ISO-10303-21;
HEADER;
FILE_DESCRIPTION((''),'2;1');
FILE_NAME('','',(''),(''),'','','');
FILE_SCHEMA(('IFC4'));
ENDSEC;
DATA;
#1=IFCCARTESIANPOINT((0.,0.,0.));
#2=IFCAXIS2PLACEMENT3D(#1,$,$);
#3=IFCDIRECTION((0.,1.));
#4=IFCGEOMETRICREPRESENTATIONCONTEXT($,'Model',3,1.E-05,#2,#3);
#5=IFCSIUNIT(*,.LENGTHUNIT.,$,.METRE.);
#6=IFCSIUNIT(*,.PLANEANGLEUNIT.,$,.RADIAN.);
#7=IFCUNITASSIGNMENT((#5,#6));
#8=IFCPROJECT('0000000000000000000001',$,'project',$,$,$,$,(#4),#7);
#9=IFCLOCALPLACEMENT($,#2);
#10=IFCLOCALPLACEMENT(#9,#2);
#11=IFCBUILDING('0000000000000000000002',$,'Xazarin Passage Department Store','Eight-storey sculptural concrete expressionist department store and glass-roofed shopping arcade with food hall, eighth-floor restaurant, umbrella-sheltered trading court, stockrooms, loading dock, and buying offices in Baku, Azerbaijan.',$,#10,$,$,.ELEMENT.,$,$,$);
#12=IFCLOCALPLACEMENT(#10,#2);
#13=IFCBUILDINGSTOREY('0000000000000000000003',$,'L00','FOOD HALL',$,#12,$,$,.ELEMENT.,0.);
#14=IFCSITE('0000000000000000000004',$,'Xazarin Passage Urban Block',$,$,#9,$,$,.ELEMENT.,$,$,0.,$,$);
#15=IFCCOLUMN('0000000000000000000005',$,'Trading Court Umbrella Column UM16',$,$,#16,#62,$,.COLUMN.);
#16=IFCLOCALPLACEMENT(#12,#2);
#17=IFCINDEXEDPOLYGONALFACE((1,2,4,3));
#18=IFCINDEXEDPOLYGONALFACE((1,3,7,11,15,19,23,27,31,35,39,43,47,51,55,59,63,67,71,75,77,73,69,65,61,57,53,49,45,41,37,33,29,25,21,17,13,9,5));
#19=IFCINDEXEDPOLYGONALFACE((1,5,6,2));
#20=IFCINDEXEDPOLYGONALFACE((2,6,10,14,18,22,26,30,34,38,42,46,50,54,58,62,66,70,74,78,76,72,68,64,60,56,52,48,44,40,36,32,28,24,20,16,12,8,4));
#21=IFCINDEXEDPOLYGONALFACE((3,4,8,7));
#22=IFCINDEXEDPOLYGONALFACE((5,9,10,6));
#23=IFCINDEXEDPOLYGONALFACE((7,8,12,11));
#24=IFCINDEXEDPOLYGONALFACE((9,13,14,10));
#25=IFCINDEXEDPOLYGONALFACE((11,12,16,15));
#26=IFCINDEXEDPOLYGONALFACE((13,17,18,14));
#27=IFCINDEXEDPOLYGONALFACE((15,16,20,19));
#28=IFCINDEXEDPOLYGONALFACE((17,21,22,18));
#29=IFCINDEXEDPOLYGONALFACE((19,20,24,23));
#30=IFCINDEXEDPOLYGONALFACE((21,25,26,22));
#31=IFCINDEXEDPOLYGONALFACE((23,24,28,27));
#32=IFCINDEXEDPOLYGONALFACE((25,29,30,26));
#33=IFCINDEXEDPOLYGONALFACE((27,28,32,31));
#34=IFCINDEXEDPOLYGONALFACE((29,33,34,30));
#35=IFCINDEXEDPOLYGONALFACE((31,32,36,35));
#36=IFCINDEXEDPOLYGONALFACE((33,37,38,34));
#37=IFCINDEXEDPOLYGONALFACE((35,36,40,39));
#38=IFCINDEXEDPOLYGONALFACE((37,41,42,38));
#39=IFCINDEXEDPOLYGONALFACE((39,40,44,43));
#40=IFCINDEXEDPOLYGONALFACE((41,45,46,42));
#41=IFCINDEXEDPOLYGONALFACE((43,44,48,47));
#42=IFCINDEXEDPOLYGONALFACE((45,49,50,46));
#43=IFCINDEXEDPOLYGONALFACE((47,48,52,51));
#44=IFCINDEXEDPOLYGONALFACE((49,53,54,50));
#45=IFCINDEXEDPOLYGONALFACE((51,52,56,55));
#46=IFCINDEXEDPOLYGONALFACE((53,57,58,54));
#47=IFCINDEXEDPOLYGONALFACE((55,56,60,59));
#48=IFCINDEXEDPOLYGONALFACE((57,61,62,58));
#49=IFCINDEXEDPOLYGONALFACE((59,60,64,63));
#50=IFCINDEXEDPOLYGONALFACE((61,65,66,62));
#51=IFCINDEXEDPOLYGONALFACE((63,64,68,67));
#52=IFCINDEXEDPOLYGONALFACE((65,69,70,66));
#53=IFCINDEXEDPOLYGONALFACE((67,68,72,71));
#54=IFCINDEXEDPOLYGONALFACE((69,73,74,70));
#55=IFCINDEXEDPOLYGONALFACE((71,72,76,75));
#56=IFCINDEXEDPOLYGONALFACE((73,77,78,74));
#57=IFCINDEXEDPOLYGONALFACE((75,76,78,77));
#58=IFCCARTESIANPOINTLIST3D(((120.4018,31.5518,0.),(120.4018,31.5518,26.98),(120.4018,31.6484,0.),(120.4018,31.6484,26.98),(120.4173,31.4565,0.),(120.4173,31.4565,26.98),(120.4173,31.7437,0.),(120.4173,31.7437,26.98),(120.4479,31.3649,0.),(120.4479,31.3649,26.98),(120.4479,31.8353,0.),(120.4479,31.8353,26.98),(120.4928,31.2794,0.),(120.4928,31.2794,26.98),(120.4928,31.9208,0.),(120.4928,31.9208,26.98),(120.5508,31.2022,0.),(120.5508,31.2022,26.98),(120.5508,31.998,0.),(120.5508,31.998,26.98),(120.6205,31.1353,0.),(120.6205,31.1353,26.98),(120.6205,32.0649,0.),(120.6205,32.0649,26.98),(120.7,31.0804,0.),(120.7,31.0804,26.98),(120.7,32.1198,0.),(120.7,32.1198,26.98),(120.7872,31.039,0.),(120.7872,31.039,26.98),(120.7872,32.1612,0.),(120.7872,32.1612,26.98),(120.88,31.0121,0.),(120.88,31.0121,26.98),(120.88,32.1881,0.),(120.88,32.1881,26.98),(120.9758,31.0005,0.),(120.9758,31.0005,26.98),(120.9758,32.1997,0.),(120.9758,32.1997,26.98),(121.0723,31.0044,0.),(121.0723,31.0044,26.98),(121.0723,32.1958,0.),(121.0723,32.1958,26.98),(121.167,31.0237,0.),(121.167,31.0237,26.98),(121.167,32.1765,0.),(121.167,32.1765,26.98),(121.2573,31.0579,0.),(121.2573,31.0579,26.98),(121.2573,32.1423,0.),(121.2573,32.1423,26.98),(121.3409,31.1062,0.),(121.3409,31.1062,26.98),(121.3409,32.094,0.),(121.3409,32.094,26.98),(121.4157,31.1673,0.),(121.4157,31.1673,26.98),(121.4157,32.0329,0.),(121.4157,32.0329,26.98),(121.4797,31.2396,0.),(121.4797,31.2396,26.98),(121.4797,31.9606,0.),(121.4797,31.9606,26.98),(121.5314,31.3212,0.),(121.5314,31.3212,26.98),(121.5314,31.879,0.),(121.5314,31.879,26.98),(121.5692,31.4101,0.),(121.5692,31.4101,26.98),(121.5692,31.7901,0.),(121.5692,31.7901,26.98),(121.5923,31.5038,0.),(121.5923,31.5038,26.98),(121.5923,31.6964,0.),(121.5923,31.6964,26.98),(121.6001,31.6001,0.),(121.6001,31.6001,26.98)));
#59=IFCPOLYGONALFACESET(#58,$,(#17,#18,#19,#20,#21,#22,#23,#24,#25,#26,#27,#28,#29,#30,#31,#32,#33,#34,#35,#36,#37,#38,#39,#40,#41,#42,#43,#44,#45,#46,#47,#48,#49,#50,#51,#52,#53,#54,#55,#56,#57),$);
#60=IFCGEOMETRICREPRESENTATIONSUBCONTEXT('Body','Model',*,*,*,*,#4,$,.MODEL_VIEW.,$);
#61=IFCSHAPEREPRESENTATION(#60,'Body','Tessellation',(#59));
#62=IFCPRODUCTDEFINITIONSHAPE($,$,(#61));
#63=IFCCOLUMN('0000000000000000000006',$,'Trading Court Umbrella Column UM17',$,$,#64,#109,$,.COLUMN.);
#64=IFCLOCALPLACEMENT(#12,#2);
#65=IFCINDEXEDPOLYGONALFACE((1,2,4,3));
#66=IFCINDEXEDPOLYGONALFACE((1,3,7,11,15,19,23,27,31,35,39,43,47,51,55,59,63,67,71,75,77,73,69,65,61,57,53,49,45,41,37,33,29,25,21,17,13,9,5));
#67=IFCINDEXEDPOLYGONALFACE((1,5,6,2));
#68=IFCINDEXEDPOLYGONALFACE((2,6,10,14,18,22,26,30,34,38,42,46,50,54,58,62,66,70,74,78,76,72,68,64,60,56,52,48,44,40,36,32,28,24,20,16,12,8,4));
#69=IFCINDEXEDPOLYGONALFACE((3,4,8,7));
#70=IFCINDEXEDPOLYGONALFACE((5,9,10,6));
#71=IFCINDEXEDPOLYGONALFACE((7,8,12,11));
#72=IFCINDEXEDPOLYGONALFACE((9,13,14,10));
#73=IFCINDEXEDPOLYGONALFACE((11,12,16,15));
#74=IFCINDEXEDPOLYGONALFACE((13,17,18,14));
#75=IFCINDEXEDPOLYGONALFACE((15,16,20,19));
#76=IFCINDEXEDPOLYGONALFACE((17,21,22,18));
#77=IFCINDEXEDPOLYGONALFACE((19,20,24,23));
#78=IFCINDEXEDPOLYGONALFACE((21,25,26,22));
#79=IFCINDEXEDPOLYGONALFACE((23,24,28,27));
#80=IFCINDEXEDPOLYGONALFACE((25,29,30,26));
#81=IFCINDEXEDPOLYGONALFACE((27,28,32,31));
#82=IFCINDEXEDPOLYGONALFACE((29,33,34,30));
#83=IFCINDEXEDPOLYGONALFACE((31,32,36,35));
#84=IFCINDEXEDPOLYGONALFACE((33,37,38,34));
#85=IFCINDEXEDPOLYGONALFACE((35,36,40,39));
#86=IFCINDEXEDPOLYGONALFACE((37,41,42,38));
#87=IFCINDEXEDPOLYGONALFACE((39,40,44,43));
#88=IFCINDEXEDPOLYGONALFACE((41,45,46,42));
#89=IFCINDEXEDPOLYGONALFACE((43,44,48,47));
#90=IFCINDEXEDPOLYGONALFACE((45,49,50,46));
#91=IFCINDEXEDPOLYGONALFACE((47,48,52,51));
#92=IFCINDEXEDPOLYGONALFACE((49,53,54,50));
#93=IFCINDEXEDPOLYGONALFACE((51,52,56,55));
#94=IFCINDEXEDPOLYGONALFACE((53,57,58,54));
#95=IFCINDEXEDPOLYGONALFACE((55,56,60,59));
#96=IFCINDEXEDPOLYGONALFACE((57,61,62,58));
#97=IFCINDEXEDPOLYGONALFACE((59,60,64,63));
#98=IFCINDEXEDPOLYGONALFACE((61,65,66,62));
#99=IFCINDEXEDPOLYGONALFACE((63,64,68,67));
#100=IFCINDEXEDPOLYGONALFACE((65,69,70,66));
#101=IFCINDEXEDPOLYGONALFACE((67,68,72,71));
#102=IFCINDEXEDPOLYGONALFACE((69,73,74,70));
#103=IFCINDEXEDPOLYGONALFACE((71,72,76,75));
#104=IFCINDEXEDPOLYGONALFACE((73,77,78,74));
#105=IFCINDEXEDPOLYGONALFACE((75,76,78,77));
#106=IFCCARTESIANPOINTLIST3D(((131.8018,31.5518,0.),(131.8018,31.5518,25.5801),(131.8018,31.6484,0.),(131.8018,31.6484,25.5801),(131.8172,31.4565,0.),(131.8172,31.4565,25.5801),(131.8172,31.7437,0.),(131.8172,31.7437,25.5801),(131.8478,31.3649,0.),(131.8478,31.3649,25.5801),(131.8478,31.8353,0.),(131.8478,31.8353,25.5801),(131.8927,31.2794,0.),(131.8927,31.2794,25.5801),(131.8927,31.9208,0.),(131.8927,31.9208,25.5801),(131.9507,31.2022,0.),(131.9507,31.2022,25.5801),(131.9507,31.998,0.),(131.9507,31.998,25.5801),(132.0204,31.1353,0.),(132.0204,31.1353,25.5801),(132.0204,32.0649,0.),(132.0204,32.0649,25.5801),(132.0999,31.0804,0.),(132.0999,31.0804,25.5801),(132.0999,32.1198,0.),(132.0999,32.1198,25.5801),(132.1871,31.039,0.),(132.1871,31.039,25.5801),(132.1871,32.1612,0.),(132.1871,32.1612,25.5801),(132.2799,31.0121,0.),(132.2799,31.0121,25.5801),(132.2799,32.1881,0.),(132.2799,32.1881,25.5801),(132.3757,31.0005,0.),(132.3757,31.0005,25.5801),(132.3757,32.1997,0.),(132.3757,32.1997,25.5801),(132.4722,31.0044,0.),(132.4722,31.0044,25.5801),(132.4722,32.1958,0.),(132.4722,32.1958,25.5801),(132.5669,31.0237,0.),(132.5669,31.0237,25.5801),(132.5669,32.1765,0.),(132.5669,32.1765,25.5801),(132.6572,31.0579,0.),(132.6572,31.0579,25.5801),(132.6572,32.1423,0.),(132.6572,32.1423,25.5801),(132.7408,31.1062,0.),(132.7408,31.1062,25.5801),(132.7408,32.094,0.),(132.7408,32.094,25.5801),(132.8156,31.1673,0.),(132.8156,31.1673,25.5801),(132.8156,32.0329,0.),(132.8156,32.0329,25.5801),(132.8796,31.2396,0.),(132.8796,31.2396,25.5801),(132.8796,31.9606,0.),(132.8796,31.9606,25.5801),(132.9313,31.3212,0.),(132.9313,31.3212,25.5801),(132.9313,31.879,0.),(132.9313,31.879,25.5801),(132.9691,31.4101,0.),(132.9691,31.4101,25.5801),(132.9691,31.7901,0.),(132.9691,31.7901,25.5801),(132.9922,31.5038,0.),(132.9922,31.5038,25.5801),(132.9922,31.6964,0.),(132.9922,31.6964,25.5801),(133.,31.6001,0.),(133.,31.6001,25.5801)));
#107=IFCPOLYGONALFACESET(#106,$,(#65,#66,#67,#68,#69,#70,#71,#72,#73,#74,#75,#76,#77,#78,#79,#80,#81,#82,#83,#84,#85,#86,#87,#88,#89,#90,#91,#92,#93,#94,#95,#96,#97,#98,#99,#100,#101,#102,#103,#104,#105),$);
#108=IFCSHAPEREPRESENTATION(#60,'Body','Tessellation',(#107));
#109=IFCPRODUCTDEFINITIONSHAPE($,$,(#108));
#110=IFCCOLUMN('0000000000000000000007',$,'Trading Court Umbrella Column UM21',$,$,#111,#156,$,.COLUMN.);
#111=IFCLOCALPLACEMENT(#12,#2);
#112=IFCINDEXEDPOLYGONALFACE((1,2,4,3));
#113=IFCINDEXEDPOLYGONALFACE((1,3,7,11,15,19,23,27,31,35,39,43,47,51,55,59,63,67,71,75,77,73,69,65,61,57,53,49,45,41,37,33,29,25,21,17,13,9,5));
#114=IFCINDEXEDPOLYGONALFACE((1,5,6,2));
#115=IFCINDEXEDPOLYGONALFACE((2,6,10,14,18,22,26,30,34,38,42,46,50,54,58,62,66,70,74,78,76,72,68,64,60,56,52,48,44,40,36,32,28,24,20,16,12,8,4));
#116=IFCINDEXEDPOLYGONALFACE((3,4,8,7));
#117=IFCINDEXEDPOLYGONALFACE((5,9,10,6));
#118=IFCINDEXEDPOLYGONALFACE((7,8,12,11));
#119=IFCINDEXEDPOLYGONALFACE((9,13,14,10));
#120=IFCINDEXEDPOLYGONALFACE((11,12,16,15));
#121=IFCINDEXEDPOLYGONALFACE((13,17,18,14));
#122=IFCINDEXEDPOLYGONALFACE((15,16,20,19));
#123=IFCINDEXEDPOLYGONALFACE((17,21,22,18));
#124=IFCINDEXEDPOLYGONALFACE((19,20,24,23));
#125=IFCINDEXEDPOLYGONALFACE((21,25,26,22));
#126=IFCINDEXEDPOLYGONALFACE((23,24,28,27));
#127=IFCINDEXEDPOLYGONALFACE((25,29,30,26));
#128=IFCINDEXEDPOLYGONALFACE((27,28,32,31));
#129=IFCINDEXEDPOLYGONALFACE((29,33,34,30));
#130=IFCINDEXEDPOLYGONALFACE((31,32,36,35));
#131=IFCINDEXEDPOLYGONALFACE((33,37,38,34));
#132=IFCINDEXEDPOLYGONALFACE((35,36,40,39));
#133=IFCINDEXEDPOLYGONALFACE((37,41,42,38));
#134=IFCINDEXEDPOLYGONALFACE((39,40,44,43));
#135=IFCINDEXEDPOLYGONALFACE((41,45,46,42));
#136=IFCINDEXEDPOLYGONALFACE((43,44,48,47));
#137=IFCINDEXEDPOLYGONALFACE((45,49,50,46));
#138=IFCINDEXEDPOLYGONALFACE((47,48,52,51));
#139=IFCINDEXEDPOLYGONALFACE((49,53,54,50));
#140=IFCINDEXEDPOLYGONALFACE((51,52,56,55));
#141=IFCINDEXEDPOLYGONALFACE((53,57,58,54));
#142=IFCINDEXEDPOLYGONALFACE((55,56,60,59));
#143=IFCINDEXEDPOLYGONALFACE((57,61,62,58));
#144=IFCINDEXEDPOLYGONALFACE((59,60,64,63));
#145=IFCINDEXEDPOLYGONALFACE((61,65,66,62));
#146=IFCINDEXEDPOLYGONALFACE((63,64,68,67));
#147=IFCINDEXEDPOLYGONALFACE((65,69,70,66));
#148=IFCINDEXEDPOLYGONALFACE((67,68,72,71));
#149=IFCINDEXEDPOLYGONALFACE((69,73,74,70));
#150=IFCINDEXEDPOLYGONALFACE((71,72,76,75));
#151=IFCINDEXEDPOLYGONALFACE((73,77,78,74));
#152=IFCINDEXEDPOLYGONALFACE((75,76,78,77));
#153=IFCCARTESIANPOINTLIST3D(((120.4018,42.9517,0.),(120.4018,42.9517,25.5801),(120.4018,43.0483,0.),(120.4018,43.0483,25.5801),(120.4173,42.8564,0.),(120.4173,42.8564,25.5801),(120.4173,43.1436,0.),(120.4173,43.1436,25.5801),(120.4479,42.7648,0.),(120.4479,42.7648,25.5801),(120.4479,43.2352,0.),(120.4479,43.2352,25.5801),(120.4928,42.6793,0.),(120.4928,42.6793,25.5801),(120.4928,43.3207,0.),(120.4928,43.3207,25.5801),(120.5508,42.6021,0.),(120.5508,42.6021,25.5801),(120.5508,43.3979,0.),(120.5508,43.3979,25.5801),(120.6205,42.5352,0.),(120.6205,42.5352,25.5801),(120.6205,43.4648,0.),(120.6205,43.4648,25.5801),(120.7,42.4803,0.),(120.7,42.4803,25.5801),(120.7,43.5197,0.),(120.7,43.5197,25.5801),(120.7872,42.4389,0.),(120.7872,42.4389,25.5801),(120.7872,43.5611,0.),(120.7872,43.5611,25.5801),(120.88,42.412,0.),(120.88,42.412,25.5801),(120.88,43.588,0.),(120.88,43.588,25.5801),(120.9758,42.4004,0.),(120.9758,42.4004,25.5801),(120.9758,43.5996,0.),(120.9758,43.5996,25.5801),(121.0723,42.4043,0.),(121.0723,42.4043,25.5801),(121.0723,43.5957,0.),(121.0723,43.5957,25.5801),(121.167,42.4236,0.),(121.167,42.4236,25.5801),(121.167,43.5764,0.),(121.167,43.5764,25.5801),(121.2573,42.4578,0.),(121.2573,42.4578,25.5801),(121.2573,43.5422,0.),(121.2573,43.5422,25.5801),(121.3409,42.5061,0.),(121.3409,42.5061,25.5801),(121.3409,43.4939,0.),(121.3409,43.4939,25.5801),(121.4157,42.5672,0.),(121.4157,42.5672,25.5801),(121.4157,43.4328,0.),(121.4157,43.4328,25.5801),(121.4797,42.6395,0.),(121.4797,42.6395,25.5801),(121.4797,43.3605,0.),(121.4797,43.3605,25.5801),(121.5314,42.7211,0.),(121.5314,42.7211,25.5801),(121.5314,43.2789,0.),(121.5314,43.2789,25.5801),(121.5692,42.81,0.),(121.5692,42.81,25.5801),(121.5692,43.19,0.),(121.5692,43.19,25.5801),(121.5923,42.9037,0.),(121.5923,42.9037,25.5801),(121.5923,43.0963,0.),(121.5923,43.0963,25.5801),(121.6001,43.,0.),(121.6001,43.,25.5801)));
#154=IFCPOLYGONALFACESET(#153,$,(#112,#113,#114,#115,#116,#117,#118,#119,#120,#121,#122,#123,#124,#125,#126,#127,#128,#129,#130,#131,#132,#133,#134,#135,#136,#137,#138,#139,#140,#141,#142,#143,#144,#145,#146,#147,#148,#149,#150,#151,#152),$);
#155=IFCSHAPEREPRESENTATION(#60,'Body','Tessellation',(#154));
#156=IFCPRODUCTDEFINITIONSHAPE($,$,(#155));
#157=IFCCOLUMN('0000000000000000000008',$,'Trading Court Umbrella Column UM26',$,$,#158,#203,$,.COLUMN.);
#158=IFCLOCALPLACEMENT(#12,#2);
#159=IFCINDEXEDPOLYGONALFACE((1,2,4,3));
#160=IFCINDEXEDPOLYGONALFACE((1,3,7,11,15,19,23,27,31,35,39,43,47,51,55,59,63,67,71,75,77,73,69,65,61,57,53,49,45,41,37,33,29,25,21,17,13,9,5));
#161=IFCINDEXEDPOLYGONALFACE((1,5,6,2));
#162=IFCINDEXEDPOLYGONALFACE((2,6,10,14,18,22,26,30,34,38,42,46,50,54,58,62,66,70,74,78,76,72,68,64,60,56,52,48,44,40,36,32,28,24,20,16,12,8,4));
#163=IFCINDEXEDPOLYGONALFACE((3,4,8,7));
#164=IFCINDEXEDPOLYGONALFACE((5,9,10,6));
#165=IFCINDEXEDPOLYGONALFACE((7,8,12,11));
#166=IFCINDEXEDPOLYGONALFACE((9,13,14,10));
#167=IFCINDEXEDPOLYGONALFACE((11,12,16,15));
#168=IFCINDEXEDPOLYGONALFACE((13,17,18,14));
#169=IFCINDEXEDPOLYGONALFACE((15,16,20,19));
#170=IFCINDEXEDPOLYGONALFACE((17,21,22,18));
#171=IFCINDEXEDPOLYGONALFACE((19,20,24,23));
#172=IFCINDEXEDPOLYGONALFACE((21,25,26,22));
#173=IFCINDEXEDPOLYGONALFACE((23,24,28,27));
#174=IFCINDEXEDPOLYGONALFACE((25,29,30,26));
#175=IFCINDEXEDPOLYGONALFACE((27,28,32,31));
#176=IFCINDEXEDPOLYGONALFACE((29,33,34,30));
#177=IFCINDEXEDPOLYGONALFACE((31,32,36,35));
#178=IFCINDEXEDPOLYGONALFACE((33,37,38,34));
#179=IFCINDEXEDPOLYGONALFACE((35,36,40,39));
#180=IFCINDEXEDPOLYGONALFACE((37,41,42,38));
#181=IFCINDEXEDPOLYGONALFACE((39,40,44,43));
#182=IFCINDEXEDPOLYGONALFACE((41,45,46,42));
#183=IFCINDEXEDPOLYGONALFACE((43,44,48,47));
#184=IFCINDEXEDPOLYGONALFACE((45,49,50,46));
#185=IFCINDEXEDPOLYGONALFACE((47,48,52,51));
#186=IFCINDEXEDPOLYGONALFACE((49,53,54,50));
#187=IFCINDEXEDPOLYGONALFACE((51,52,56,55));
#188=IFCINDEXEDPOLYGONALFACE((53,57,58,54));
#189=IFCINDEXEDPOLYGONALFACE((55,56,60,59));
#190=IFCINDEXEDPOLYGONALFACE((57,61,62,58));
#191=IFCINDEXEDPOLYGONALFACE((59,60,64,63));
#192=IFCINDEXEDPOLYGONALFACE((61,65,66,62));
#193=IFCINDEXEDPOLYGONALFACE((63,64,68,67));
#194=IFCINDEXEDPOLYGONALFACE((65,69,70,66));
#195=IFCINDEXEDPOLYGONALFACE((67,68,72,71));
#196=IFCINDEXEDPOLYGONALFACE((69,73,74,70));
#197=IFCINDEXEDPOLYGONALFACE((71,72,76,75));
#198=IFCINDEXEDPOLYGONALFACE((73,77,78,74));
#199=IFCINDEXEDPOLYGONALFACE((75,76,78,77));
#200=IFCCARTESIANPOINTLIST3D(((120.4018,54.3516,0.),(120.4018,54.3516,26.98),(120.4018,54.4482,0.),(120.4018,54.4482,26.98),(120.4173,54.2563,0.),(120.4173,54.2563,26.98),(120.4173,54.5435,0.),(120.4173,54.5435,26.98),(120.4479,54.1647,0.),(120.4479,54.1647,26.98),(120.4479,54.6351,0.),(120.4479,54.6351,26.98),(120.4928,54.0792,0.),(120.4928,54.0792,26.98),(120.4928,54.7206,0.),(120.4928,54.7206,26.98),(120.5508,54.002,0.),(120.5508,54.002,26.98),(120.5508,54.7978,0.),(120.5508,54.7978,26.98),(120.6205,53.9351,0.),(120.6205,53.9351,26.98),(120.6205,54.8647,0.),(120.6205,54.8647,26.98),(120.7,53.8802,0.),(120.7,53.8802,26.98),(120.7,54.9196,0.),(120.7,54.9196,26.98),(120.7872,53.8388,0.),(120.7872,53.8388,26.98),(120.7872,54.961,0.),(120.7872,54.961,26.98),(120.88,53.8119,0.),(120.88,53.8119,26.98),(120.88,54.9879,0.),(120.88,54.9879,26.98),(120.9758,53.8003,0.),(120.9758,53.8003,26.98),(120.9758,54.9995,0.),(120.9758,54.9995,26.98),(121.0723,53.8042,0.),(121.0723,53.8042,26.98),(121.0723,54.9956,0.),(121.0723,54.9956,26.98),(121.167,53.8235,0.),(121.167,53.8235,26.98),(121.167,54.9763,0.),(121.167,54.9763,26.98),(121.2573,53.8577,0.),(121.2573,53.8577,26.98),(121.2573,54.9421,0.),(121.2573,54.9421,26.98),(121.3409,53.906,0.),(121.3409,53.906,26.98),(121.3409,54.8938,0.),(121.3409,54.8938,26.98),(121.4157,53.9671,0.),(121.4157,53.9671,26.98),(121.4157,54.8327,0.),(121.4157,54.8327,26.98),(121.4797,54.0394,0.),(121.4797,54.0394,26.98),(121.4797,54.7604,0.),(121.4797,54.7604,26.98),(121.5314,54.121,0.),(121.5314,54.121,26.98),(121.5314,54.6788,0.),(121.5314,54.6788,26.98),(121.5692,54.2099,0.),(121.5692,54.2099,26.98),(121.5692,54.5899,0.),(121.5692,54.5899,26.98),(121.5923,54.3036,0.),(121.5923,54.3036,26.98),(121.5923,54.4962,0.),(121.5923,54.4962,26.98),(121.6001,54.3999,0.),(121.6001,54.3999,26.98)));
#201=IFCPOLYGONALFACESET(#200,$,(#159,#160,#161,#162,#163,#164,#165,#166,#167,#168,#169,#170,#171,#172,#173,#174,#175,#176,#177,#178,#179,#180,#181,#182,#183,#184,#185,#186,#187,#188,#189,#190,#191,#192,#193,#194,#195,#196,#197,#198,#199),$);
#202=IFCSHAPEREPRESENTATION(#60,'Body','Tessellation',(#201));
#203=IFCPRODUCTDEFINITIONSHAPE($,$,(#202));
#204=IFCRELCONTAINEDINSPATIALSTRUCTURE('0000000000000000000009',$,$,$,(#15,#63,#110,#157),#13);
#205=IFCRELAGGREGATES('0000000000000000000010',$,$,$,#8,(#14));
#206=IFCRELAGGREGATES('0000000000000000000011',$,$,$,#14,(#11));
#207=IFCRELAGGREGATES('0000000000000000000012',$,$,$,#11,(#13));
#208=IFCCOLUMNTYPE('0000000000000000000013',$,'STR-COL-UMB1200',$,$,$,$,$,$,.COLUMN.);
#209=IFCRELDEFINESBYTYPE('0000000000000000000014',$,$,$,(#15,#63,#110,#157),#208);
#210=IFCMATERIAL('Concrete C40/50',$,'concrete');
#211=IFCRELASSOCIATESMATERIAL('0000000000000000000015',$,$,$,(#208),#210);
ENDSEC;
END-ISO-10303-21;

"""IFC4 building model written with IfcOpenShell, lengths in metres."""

from ifc_helpers import new_model, si_unit, direction, frame, origin, origin_2d, place, context, subcontext, project, spatial, circle, extrude, material, material_profile, profile_set, type_object, element, save


model = new_model("IFC4")

# Units and contexts
model_context = context("Model", 3, precision=1e-05, world=origin(), true_north=direction((0.0, 1.0)))
body_context = subcontext(model_context, "Body", "Model", "MODEL_VIEW")
ifc_project = project(units=[si_unit("LENGTHUNIT", "METRE"), si_unit("PLANEANGLEUNIT", "RADIAN")], contexts=[model_context])

# Site, building, storey
site_placement = place(None, origin())
site = spatial("IfcSite", under=ifc_project, at=site_placement, Name="Xazarin Passage Urban Block", CompositionType="ELEMENT", RefElevation=0.0)
building_placement = place(site_placement, origin())
building = spatial("IfcBuilding", under=site, at=building_placement, Name="Xazarin Passage Department Store", Description="Eight-storey sculptural concrete expressionist department store and glass-roofed shopping arcade with food hall, eighth-floor restaurant, umbrella-sheltered trading court, stockrooms, loading dock, and buying offices in Baku, Azerbaijan.", CompositionType="ELEMENT")
storey_placement = place(building_placement, origin())
storey = spatial("IfcBuildingStorey", under=building, at=storey_placement, Name="L00", Description="FOOD HALL", CompositionType="ELEMENT", Elevation=0.0)

# Columns
ifc_material_1 = material(Name="Concrete C40/50", Category="concrete")
ifc_material_profile_1 = material_profile(ifc_material_1, circle(Radius=0.6001, at=origin_2d()), Name="RCD 1200")
ifc_profile_set_1 = profile_set([ifc_material_profile_1], Name="Concrete C40/50")
column_type = type_object("IfcColumnType", Name="STR-COL-UMB1200", PredefinedType="COLUMN", material=ifc_profile_set_1)
column_1_placement = place(storey_placement, frame((121.0, 31.6001, 0.0), z_axis=(0.0, 0.0, 1.0), x_axis=(1.0, 0.0, 0.0)))
element("IfcColumn", 1, at=column_1_placement, inside=storey, type_object=column_type, Name="Trading Court Umbrella Column UM16", PredefinedType="COLUMN", context=body_context, shape_type="SweptSolid", body=[
    extrude(circle(Radius=0.6001, at=origin_2d()), origin(), (0.0, 0.0, 1.0), 26.98),
])
for number, where, z_axis, x_axis, name in (
    (2, (132.3999, 31.6001, 0.0), (0.0, 0.0, 1.0), (1.0, 0.0, 0.0), "Trading Court Umbrella Column UM17"),
    (3, (121.0, 43.0, 0.0), (0.0, 0.0, 1.0), (1.0, 0.0, 0.0), "Trading Court Umbrella Column UM21"),
):
    element("IfcColumn", number, at=place(storey_placement, frame(where, z_axis=z_axis, x_axis=x_axis)), inside=storey, type_object=column_type, Name=name, PredefinedType="COLUMN", context=body_context, shape_type="SweptSolid", body=[
        extrude(circle(Radius=0.6001, at=origin_2d()), origin(), (0.0, 0.0, 1.0), 25.5801),
    ])
column_2_placement = place(storey_placement, frame((121.0, 54.3999, 0.0), z_axis=(0.0, 0.0, 1.0), x_axis=(1.0, 0.0, 0.0)))
element("IfcColumn", 4, at=column_2_placement, inside=storey, type_object=column_type, Name="Trading Court Umbrella Column UM26", PredefinedType="COLUMN", context=body_context, shape_type="SweptSolid", body=[
    extrude(circle(Radius=0.6001, at=origin_2d()), origin(), (0.0, 0.0, 1.0), 26.98),
])

save(model, "model.ifc")
